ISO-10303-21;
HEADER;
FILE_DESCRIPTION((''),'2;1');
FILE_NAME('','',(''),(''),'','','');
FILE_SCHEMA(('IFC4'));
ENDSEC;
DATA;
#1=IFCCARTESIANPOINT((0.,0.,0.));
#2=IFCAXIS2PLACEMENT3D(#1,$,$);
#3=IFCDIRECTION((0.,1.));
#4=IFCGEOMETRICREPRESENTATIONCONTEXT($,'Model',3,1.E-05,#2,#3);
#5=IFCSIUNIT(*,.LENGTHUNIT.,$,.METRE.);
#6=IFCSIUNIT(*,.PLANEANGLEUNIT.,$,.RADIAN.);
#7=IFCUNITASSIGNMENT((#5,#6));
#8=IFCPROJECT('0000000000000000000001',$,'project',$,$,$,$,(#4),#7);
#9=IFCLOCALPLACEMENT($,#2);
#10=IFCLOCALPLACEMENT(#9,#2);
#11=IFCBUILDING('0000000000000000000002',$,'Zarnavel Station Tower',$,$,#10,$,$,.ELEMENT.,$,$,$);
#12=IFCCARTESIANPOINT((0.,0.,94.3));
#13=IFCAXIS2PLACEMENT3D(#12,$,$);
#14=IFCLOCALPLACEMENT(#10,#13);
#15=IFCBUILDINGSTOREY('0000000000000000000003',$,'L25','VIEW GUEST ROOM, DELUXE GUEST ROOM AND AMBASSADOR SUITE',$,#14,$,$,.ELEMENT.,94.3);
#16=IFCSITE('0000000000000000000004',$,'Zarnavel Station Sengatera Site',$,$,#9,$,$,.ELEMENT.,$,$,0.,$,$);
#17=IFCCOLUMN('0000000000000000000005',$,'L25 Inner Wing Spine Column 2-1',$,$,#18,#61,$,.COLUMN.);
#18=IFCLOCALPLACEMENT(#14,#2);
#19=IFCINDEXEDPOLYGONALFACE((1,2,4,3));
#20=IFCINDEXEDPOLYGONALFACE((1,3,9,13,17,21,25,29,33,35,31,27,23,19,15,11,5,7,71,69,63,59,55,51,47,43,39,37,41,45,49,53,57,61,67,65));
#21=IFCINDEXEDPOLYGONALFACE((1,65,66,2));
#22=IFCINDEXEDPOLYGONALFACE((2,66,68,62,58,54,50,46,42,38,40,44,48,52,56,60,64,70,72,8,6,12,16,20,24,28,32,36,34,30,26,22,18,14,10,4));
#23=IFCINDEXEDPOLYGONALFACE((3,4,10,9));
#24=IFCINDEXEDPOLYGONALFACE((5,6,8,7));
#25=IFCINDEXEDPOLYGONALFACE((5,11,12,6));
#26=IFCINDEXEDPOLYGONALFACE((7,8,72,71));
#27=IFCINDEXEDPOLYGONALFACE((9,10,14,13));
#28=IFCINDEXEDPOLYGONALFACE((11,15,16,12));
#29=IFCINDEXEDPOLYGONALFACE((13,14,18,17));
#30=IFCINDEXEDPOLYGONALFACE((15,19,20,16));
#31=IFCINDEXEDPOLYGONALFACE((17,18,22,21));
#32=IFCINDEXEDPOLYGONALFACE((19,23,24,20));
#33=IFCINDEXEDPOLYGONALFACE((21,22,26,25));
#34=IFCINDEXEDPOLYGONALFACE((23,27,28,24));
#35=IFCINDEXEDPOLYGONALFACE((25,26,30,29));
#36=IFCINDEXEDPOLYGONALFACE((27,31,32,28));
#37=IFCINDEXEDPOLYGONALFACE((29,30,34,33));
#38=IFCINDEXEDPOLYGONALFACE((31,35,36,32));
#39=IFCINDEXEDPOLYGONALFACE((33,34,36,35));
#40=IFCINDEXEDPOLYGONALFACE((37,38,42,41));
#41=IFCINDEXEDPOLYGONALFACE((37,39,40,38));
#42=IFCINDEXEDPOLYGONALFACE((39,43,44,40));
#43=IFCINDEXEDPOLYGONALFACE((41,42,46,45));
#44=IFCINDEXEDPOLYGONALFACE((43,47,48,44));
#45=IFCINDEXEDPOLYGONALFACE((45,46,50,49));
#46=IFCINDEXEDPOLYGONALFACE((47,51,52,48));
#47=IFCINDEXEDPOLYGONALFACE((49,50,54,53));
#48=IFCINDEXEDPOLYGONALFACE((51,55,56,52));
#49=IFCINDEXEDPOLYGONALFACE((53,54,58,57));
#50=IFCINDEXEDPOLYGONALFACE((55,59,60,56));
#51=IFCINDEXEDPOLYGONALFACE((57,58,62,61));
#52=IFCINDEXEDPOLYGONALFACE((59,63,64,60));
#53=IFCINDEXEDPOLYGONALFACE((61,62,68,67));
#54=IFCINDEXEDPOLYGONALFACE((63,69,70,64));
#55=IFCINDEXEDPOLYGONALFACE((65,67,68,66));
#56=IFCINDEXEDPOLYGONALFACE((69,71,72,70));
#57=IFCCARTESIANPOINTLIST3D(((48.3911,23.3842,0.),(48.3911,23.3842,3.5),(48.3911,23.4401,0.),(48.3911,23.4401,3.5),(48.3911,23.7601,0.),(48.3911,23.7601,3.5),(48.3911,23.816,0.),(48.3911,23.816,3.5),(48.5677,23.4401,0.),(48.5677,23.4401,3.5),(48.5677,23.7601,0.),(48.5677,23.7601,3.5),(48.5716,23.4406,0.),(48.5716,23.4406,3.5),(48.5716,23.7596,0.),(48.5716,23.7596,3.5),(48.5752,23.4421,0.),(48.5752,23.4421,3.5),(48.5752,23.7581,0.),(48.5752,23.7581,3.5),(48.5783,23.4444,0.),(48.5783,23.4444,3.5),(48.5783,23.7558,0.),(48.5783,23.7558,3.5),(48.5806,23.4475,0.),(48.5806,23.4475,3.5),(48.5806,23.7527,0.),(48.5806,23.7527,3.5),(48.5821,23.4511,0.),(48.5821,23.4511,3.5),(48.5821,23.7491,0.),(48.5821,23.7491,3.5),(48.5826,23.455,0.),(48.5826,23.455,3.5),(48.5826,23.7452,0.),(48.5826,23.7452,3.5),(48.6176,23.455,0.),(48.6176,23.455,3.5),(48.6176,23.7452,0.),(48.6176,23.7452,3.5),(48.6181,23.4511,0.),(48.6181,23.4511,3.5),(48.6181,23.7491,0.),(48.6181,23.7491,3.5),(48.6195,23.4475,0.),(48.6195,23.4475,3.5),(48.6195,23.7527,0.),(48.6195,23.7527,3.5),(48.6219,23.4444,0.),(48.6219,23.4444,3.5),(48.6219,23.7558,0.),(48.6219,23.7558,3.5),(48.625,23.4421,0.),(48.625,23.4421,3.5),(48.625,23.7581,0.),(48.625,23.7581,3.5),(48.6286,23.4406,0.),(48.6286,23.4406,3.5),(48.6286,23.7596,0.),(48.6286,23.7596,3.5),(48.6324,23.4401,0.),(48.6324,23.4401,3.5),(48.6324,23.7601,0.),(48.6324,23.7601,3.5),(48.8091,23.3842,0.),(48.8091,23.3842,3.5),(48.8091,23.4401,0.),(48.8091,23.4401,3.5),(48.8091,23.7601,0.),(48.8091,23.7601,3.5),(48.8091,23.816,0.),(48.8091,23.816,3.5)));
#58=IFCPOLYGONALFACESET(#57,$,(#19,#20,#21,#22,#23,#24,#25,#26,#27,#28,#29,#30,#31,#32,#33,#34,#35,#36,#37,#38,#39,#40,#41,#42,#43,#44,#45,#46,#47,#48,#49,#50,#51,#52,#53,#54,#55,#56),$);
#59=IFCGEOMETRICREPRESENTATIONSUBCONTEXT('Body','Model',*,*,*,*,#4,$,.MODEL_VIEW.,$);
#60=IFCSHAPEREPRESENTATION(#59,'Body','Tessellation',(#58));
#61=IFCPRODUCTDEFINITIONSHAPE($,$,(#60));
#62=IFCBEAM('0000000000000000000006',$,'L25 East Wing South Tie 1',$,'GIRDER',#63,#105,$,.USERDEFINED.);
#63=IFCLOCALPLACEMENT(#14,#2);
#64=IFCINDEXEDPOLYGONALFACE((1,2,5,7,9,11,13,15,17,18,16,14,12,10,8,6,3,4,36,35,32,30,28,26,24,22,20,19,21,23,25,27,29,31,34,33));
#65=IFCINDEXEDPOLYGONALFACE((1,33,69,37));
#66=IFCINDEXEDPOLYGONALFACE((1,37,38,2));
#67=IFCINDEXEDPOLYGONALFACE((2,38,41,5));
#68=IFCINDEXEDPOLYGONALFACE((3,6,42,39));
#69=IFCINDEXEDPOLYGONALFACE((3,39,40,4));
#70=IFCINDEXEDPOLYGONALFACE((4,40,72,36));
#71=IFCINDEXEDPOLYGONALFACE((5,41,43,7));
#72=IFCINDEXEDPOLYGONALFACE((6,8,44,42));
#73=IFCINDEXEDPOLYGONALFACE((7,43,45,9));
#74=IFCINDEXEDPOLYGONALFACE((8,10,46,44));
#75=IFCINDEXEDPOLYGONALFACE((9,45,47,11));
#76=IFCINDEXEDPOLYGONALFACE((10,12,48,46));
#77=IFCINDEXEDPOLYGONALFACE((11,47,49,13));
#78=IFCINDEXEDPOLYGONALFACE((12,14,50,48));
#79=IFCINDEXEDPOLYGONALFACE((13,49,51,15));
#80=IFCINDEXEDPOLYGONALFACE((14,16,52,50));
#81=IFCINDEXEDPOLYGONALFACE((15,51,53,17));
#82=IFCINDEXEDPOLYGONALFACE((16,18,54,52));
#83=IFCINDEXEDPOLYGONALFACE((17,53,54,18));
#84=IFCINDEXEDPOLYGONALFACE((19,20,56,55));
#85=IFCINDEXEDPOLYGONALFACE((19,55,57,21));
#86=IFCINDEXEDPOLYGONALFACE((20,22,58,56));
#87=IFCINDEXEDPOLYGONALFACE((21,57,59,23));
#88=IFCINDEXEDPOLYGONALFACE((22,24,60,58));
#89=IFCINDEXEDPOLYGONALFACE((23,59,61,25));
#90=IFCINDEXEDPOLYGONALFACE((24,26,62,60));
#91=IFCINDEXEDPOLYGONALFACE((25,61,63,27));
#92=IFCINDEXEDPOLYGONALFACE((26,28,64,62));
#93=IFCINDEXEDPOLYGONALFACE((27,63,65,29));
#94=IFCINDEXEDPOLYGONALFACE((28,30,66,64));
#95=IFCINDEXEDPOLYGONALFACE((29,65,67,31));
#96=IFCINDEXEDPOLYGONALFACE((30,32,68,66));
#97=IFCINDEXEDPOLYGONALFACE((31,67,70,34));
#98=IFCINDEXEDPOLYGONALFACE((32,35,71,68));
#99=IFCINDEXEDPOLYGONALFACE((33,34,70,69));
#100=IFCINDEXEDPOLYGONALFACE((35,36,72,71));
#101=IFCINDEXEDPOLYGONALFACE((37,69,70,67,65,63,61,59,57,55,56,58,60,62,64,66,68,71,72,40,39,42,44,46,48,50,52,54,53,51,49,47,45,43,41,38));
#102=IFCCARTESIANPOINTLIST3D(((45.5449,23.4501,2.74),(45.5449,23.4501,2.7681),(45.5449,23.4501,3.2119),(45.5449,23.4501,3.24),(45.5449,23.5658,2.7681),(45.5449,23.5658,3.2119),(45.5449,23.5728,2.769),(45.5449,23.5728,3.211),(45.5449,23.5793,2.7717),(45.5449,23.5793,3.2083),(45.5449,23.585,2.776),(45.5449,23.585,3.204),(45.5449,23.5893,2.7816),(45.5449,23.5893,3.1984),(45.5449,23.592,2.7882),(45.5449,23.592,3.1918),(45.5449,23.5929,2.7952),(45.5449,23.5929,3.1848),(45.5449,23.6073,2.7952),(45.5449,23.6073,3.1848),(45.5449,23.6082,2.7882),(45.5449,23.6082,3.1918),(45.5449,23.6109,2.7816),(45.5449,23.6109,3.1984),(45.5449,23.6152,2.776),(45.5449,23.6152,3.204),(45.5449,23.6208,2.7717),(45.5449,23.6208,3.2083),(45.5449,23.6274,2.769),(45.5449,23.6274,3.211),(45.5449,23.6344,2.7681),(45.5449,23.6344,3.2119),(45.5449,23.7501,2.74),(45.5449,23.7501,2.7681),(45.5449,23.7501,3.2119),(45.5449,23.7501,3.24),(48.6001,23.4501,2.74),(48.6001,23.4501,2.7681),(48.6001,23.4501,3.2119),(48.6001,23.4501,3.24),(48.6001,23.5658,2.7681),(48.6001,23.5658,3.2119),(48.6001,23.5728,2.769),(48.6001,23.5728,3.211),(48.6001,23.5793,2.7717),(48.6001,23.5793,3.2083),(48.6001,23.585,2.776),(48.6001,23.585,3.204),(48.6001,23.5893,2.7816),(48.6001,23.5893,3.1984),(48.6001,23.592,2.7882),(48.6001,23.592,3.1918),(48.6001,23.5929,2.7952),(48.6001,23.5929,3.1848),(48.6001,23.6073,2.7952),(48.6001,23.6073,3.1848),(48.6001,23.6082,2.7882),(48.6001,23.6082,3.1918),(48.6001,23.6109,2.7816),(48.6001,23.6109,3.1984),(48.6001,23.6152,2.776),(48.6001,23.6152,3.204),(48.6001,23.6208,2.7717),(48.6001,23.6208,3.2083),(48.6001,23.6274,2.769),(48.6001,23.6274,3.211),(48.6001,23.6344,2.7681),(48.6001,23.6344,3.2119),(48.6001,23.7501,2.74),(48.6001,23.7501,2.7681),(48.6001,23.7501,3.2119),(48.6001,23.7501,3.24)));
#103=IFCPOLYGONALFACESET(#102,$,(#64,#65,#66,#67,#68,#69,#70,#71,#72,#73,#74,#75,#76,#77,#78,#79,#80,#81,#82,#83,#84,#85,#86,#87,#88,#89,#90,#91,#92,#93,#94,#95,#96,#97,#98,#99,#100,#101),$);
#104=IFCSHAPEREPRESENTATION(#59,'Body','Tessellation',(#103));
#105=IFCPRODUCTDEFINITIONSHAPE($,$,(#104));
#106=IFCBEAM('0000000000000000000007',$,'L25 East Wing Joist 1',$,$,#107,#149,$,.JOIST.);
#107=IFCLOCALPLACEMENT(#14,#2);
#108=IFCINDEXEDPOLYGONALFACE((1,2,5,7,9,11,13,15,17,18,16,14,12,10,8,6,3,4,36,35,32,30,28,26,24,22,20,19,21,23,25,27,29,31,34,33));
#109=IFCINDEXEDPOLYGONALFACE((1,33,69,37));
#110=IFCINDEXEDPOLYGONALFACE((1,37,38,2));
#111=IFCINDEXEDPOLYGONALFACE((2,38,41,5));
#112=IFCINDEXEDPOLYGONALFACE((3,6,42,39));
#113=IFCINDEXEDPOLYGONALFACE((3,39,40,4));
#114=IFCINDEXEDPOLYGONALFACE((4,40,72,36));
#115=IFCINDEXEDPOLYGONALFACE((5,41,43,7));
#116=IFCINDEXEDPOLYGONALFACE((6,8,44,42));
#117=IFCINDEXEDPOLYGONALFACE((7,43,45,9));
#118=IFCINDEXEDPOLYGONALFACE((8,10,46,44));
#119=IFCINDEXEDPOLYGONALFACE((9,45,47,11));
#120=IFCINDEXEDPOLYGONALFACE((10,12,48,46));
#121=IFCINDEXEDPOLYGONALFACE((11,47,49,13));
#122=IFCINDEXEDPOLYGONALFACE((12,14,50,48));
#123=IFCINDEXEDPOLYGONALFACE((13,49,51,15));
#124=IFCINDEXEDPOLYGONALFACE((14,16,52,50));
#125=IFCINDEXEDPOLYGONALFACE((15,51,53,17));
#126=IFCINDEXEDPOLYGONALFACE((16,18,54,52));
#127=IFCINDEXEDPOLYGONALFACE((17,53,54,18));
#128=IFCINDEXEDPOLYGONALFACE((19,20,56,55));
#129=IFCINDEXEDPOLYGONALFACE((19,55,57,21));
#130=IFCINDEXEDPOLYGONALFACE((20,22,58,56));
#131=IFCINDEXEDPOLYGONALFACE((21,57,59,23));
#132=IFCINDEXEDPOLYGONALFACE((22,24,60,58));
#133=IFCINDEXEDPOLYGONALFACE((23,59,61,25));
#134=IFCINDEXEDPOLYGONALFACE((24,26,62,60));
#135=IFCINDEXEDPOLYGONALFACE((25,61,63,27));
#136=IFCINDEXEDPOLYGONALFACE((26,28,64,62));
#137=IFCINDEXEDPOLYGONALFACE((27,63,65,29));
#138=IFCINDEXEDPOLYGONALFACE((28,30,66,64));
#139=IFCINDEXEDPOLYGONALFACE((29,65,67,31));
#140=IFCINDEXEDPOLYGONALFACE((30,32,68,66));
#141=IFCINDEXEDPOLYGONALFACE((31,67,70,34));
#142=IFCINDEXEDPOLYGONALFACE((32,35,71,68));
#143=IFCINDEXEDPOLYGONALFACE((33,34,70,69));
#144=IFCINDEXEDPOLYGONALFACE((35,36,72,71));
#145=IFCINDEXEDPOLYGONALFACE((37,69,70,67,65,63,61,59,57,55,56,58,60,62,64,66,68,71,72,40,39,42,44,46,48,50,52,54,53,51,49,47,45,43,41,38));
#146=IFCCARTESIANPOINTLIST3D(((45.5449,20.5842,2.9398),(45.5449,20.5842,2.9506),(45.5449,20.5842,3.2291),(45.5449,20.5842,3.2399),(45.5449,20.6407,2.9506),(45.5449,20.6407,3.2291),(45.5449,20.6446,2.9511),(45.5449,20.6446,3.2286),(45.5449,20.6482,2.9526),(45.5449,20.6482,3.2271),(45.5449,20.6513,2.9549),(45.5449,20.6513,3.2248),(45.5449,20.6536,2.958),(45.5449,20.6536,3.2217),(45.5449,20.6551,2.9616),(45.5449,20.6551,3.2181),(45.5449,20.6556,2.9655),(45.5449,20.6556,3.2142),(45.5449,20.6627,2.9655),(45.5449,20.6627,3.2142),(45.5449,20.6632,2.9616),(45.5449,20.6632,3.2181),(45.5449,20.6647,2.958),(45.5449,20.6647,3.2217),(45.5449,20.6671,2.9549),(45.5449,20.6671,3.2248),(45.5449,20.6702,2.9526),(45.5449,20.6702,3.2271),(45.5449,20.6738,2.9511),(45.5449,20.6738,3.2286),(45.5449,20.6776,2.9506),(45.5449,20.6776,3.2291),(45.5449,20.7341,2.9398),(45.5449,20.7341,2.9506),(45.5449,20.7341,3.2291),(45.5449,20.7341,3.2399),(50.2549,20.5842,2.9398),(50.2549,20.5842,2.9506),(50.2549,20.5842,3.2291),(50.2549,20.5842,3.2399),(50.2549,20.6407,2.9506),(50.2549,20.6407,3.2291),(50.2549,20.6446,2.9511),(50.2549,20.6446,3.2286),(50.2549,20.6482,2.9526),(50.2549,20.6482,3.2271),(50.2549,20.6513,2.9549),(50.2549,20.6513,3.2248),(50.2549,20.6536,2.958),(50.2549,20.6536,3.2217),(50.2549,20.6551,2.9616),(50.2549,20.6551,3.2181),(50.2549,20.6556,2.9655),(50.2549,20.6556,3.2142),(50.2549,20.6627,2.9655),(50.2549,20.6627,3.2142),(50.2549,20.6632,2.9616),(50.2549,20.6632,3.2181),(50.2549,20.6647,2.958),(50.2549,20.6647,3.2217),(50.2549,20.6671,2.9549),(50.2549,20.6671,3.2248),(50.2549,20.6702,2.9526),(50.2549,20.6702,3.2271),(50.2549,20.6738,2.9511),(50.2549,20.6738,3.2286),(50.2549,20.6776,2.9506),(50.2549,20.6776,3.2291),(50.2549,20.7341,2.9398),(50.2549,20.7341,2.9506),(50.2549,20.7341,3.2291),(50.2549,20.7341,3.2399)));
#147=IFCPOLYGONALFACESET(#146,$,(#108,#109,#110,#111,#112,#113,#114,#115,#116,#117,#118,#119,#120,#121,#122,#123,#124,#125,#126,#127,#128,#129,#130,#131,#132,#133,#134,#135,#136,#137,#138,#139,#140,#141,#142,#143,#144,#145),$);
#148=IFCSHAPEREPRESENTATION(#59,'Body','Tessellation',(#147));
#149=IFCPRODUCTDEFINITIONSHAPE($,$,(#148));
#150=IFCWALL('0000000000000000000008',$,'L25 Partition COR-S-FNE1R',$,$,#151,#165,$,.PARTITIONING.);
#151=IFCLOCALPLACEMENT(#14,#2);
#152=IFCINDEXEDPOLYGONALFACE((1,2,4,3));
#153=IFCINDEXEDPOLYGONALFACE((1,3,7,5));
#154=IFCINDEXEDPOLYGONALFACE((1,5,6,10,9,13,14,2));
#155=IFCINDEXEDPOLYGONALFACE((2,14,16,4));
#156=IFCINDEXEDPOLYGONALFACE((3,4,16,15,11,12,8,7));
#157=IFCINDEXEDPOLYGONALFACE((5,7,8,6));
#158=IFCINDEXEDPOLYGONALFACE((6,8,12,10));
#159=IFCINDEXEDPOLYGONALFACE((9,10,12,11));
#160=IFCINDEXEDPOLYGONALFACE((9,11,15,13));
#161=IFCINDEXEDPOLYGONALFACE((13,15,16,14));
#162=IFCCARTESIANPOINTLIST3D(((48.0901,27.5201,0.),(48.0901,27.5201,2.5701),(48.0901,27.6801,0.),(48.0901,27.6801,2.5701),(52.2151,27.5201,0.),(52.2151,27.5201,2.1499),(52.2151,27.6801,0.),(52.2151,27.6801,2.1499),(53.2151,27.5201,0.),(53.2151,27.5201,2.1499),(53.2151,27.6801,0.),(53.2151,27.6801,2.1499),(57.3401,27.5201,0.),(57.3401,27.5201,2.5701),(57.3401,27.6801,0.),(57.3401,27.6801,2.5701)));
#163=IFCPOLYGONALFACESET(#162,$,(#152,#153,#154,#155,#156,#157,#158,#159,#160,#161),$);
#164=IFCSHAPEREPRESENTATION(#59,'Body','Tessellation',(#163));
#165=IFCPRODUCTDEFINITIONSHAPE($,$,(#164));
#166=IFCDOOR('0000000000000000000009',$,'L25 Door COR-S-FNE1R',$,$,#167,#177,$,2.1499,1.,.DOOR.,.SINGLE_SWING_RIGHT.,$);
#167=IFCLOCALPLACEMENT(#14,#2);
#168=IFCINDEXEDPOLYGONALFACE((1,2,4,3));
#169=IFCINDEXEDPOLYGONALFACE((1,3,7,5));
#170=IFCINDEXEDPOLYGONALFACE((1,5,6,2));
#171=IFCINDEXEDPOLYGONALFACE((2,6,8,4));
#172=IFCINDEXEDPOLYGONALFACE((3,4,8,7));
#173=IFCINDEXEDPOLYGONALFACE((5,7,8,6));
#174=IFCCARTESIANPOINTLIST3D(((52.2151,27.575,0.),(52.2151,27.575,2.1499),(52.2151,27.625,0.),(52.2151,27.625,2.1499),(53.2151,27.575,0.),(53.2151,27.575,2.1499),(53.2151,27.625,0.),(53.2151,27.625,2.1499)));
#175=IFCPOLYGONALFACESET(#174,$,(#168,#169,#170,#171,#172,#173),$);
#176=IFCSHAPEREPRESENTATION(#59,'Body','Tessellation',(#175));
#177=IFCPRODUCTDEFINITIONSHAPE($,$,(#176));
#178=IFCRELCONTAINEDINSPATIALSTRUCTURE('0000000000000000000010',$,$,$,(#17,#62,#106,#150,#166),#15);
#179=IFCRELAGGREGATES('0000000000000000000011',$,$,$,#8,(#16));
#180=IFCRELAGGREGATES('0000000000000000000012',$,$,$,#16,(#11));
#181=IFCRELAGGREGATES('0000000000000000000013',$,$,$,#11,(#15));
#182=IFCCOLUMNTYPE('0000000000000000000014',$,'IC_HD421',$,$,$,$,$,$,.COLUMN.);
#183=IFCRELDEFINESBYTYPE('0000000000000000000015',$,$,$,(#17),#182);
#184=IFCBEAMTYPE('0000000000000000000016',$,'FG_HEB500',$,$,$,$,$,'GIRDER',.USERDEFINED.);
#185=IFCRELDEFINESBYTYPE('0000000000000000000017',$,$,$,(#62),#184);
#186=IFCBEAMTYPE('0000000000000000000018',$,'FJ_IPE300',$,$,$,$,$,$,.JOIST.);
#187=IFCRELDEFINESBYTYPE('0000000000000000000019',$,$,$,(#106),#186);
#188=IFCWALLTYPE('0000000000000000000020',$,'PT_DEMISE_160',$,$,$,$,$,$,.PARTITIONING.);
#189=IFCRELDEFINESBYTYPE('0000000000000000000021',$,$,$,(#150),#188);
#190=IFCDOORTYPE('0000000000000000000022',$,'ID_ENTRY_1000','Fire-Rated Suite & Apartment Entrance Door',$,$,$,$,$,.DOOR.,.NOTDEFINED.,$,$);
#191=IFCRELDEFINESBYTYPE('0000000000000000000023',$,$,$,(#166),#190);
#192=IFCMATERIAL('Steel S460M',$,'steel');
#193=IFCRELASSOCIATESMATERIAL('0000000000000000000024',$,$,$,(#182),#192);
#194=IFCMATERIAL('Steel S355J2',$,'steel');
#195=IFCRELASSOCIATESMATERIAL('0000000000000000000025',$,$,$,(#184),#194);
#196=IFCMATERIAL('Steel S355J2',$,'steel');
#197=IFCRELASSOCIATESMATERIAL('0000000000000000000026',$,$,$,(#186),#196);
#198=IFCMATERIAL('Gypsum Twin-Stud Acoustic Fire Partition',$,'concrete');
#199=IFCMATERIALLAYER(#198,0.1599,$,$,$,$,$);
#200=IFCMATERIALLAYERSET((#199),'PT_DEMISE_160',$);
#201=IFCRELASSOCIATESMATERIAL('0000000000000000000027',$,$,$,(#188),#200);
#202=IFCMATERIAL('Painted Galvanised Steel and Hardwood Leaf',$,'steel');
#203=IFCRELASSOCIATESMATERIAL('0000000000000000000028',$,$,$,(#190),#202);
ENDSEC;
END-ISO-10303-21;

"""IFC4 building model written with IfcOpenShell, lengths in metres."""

from ifc_helpers import new_model, si_unit, direction, frame, frame_2d, origin, origin_2d, place, context, subcontext, project, spatial, rectangle, i_section, extrude, material, layer, layer_set, material_profile, profile_set, type_object, element, fill, save


model = new_model("IFC4")

# Units and contexts
model_context = context("Model", 3, precision=1e-05, world=origin(), true_north=direction((0.0, 1.0)))
body_context = subcontext(model_context, "Body", "Model", "MODEL_VIEW")
ifc_project = project(units=[si_unit("LENGTHUNIT", "METRE"), si_unit("PLANEANGLEUNIT", "RADIAN")], contexts=[model_context])

# Site, building, storey
site_placement = place(None, origin())
site = spatial("IfcSite", under=ifc_project, at=site_placement, Name="Zarnavel Station Sengatera Site", CompositionType="ELEMENT", RefElevation=0.0)
building_placement = place(site_placement, origin())
building = spatial("IfcBuilding", under=site, at=building_placement, Name="Zarnavel Station Tower", CompositionType="ELEMENT")
storey_placement = place(building_placement, frame((0.0, 0.0, 94.3)))
storey = spatial("IfcBuildingStorey", under=building, at=storey_placement, Name="L25", Description="VIEW GUEST ROOM, DELUXE GUEST ROOM AND AMBASSADOR SUITE", CompositionType="ELEMENT", Elevation=94.3)

# Column
ifc_material_1 = material(Name="Steel S460M", Category="steel")
ifc_material_profile_1 = material_profile(ifc_material_1, i_section(OverallWidth=0.418, OverallDepth=0.4319, WebThickness=0.0349, FlangeThickness=0.0559, FilletRadius=0.0149, at=origin_2d()), Name="HD400x421")
ifc_profile_set_1 = profile_set([ifc_material_profile_1], Name="Steel S460M")
column_type = type_object("IfcColumnType", Name="IC_HD421", PredefinedType="COLUMN", material=ifc_profile_set_1)
column_placement = place(storey_placement, frame((48.6001, 23.6001, 0.0), z_axis=(0.0, 0.0, 1.0), x_axis=(1.0, 0.0, 0.0)))
element("IfcColumn", 1, at=column_placement, inside=storey, type_object=column_type, Name="L25 Inner Wing Spine Column 2-1", PredefinedType="COLUMN", context=body_context, shape_type="SweptSolid", body=[
    extrude(i_section(OverallWidth=0.418, OverallDepth=0.4319, WebThickness=0.0349, FlangeThickness=0.0559, FilletRadius=0.0149, at=origin_2d()), origin(), (0.0, 0.0, 1.0), 3.5),
])

# Beams
ifc_material_2 = material(Name="Steel S355J2", Category="steel")
ifc_material_profile_2 = material_profile(ifc_material_2, i_section(OverallWidth=0.3, OverallDepth=0.5, WebThickness=0.0144, FlangeThickness=0.0281, FilletRadius=0.0271, at=origin_2d()), Name="HEB500")
ifc_profile_set_2 = profile_set([ifc_material_profile_2], Name="Steel S355J2")
beam_type_1 = type_object("IfcBeamType", Name="FG_HEB500", ElementType="GIRDER", PredefinedType="USERDEFINED", material=ifc_profile_set_2)
beam_1_placement = place(storey_placement, frame((45.5449, 23.6001, 2.99), z_axis=(1.0, 0.0, 0.0), x_axis=(0.0, 1.0, 0.0)))
element("IfcBeam", 2, at=beam_1_placement, inside=storey, type_object=beam_type_1, Name="L25 East Wing South Tie 1", ObjectType="GIRDER", PredefinedType="USERDEFINED", context=body_context, shape_type="SweptSolid", body=[
    extrude(i_section(OverallWidth=0.3, OverallDepth=0.5, WebThickness=0.0144, FlangeThickness=0.0281, FilletRadius=0.0271, at=origin_2d()), origin(), (0.0, 0.0, 1.0), 3.0552),
])
ifc_material_3 = material(Name="Steel S355J2", Category="steel")
ifc_material_profile_3 = material_profile(ifc_material_3, i_section(OverallWidth=0.1499, OverallDepth=0.3, WebThickness=0.0071, FlangeThickness=0.0107, FilletRadius=0.0149, at=origin_2d()), Name="IPE300")
ifc_profile_set_3 = profile_set([ifc_material_profile_3], Name="Steel S355J2")
beam_type_2 = type_object("IfcBeamType", Name="FJ_IPE300", PredefinedType="JOIST", material=ifc_profile_set_3)
beam_2_placement = place(storey_placement, frame((45.5449, 20.6592, 3.0898), z_axis=(1.0, 0.0, 0.0), x_axis=(0.0, 1.0, 0.0)))
element("IfcBeam", 3, at=beam_2_placement, inside=storey, type_object=beam_type_2, Name="L25 East Wing Joist 1", PredefinedType="JOIST", context=body_context, shape_type="SweptSolid", body=[
    extrude(i_section(OverallWidth=0.1499, OverallDepth=0.3, WebThickness=0.0071, FlangeThickness=0.0107, FilletRadius=0.0149, at=origin_2d()), origin(), (0.0, 0.0, 1.0), 4.71),
])

# Wall, opening, door
ifc_material_4 = material(Name="Gypsum Twin-Stud Acoustic Fire Partition", Category="concrete")
ifc_layer_1 = layer(ifc_material_4, 0.1599)
ifc_layer_set_1 = layer_set([ifc_layer_1], Name="PT_DEMISE_160")
wall_type_1 = type_object("IfcWallType", Name="PT_DEMISE_160", PredefinedType="PARTITIONING", material=ifc_layer_set_1)
wall_1_placement = place(storey_placement, frame((48.0901, 27.6001, 0.0), z_axis=(0.0, 0.0, 1.0), x_axis=(1.0, 0.0, 0.0)))
wall_1 = element("IfcWall", 4, at=wall_1_placement, inside=storey, type_object=wall_type_1, Name="L25 Partition COR-S-FNE1R", PredefinedType="PARTITIONING", context=body_context, shape_type="SweptSolid", body=[
    extrude(rectangle(XDim=9.25, YDim=0.1599, at=frame_2d((4.625, 0.0))), origin(), (0.0, 0.0, 1.0), 2.5701),
])
opening_1_placement = place(wall_1_placement, frame((4.125, 0.0, 0.0)))
opening_1 = element("IfcOpeningElement", 5, at=opening_1_placement, cuts=wall_1, PredefinedType="OPENING", context=body_context, shape_type="SweptSolid", body=[
    extrude(rectangle(XDim=1.0, YDim=2.1499, at=frame_2d((0.5, 1.075))), frame((0.0, 0.0898, 0.0), z_axis=(0.0, -1.0, 0.0), x_axis=(1.0, 0.0, 0.0)), (0.0, 0.0, 1.0), 0.1799),
])
ifc_material_5 = material(Name="Painted Galvanised Steel and Hardwood Leaf", Category="steel")
door_type_1 = type_object("IfcDoorType", Name="ID_ENTRY_1000", Description="Fire-Rated Suite & Apartment Entrance Door", OperationType="NOTDEFINED", PredefinedType="DOOR", material=ifc_material_5)
door_1_placement = place(opening_1_placement, origin())
door_1 = element("IfcDoor", 6, at=door_1_placement, inside=storey, type_object=door_type_1, Name="L25 Door COR-S-FNE1R", OperationType="SINGLE_SWING_RIGHT", OverallHeight=2.1499, OverallWidth=1.0, PredefinedType="DOOR", context=body_context, shape_type="SweptSolid", body=[
    extrude(rectangle(XDim=1.0, YDim=2.1499, at=frame_2d((0.5, 1.075))), frame((0.0, 0.0249, 0.0), z_axis=(0.0, -1.0, 0.0), x_axis=(1.0, 0.0, 0.0)), (0.0, 0.0, 1.0), 0.05),
])
fill(opening_1, door_1)

save(model, "model.ifc")
